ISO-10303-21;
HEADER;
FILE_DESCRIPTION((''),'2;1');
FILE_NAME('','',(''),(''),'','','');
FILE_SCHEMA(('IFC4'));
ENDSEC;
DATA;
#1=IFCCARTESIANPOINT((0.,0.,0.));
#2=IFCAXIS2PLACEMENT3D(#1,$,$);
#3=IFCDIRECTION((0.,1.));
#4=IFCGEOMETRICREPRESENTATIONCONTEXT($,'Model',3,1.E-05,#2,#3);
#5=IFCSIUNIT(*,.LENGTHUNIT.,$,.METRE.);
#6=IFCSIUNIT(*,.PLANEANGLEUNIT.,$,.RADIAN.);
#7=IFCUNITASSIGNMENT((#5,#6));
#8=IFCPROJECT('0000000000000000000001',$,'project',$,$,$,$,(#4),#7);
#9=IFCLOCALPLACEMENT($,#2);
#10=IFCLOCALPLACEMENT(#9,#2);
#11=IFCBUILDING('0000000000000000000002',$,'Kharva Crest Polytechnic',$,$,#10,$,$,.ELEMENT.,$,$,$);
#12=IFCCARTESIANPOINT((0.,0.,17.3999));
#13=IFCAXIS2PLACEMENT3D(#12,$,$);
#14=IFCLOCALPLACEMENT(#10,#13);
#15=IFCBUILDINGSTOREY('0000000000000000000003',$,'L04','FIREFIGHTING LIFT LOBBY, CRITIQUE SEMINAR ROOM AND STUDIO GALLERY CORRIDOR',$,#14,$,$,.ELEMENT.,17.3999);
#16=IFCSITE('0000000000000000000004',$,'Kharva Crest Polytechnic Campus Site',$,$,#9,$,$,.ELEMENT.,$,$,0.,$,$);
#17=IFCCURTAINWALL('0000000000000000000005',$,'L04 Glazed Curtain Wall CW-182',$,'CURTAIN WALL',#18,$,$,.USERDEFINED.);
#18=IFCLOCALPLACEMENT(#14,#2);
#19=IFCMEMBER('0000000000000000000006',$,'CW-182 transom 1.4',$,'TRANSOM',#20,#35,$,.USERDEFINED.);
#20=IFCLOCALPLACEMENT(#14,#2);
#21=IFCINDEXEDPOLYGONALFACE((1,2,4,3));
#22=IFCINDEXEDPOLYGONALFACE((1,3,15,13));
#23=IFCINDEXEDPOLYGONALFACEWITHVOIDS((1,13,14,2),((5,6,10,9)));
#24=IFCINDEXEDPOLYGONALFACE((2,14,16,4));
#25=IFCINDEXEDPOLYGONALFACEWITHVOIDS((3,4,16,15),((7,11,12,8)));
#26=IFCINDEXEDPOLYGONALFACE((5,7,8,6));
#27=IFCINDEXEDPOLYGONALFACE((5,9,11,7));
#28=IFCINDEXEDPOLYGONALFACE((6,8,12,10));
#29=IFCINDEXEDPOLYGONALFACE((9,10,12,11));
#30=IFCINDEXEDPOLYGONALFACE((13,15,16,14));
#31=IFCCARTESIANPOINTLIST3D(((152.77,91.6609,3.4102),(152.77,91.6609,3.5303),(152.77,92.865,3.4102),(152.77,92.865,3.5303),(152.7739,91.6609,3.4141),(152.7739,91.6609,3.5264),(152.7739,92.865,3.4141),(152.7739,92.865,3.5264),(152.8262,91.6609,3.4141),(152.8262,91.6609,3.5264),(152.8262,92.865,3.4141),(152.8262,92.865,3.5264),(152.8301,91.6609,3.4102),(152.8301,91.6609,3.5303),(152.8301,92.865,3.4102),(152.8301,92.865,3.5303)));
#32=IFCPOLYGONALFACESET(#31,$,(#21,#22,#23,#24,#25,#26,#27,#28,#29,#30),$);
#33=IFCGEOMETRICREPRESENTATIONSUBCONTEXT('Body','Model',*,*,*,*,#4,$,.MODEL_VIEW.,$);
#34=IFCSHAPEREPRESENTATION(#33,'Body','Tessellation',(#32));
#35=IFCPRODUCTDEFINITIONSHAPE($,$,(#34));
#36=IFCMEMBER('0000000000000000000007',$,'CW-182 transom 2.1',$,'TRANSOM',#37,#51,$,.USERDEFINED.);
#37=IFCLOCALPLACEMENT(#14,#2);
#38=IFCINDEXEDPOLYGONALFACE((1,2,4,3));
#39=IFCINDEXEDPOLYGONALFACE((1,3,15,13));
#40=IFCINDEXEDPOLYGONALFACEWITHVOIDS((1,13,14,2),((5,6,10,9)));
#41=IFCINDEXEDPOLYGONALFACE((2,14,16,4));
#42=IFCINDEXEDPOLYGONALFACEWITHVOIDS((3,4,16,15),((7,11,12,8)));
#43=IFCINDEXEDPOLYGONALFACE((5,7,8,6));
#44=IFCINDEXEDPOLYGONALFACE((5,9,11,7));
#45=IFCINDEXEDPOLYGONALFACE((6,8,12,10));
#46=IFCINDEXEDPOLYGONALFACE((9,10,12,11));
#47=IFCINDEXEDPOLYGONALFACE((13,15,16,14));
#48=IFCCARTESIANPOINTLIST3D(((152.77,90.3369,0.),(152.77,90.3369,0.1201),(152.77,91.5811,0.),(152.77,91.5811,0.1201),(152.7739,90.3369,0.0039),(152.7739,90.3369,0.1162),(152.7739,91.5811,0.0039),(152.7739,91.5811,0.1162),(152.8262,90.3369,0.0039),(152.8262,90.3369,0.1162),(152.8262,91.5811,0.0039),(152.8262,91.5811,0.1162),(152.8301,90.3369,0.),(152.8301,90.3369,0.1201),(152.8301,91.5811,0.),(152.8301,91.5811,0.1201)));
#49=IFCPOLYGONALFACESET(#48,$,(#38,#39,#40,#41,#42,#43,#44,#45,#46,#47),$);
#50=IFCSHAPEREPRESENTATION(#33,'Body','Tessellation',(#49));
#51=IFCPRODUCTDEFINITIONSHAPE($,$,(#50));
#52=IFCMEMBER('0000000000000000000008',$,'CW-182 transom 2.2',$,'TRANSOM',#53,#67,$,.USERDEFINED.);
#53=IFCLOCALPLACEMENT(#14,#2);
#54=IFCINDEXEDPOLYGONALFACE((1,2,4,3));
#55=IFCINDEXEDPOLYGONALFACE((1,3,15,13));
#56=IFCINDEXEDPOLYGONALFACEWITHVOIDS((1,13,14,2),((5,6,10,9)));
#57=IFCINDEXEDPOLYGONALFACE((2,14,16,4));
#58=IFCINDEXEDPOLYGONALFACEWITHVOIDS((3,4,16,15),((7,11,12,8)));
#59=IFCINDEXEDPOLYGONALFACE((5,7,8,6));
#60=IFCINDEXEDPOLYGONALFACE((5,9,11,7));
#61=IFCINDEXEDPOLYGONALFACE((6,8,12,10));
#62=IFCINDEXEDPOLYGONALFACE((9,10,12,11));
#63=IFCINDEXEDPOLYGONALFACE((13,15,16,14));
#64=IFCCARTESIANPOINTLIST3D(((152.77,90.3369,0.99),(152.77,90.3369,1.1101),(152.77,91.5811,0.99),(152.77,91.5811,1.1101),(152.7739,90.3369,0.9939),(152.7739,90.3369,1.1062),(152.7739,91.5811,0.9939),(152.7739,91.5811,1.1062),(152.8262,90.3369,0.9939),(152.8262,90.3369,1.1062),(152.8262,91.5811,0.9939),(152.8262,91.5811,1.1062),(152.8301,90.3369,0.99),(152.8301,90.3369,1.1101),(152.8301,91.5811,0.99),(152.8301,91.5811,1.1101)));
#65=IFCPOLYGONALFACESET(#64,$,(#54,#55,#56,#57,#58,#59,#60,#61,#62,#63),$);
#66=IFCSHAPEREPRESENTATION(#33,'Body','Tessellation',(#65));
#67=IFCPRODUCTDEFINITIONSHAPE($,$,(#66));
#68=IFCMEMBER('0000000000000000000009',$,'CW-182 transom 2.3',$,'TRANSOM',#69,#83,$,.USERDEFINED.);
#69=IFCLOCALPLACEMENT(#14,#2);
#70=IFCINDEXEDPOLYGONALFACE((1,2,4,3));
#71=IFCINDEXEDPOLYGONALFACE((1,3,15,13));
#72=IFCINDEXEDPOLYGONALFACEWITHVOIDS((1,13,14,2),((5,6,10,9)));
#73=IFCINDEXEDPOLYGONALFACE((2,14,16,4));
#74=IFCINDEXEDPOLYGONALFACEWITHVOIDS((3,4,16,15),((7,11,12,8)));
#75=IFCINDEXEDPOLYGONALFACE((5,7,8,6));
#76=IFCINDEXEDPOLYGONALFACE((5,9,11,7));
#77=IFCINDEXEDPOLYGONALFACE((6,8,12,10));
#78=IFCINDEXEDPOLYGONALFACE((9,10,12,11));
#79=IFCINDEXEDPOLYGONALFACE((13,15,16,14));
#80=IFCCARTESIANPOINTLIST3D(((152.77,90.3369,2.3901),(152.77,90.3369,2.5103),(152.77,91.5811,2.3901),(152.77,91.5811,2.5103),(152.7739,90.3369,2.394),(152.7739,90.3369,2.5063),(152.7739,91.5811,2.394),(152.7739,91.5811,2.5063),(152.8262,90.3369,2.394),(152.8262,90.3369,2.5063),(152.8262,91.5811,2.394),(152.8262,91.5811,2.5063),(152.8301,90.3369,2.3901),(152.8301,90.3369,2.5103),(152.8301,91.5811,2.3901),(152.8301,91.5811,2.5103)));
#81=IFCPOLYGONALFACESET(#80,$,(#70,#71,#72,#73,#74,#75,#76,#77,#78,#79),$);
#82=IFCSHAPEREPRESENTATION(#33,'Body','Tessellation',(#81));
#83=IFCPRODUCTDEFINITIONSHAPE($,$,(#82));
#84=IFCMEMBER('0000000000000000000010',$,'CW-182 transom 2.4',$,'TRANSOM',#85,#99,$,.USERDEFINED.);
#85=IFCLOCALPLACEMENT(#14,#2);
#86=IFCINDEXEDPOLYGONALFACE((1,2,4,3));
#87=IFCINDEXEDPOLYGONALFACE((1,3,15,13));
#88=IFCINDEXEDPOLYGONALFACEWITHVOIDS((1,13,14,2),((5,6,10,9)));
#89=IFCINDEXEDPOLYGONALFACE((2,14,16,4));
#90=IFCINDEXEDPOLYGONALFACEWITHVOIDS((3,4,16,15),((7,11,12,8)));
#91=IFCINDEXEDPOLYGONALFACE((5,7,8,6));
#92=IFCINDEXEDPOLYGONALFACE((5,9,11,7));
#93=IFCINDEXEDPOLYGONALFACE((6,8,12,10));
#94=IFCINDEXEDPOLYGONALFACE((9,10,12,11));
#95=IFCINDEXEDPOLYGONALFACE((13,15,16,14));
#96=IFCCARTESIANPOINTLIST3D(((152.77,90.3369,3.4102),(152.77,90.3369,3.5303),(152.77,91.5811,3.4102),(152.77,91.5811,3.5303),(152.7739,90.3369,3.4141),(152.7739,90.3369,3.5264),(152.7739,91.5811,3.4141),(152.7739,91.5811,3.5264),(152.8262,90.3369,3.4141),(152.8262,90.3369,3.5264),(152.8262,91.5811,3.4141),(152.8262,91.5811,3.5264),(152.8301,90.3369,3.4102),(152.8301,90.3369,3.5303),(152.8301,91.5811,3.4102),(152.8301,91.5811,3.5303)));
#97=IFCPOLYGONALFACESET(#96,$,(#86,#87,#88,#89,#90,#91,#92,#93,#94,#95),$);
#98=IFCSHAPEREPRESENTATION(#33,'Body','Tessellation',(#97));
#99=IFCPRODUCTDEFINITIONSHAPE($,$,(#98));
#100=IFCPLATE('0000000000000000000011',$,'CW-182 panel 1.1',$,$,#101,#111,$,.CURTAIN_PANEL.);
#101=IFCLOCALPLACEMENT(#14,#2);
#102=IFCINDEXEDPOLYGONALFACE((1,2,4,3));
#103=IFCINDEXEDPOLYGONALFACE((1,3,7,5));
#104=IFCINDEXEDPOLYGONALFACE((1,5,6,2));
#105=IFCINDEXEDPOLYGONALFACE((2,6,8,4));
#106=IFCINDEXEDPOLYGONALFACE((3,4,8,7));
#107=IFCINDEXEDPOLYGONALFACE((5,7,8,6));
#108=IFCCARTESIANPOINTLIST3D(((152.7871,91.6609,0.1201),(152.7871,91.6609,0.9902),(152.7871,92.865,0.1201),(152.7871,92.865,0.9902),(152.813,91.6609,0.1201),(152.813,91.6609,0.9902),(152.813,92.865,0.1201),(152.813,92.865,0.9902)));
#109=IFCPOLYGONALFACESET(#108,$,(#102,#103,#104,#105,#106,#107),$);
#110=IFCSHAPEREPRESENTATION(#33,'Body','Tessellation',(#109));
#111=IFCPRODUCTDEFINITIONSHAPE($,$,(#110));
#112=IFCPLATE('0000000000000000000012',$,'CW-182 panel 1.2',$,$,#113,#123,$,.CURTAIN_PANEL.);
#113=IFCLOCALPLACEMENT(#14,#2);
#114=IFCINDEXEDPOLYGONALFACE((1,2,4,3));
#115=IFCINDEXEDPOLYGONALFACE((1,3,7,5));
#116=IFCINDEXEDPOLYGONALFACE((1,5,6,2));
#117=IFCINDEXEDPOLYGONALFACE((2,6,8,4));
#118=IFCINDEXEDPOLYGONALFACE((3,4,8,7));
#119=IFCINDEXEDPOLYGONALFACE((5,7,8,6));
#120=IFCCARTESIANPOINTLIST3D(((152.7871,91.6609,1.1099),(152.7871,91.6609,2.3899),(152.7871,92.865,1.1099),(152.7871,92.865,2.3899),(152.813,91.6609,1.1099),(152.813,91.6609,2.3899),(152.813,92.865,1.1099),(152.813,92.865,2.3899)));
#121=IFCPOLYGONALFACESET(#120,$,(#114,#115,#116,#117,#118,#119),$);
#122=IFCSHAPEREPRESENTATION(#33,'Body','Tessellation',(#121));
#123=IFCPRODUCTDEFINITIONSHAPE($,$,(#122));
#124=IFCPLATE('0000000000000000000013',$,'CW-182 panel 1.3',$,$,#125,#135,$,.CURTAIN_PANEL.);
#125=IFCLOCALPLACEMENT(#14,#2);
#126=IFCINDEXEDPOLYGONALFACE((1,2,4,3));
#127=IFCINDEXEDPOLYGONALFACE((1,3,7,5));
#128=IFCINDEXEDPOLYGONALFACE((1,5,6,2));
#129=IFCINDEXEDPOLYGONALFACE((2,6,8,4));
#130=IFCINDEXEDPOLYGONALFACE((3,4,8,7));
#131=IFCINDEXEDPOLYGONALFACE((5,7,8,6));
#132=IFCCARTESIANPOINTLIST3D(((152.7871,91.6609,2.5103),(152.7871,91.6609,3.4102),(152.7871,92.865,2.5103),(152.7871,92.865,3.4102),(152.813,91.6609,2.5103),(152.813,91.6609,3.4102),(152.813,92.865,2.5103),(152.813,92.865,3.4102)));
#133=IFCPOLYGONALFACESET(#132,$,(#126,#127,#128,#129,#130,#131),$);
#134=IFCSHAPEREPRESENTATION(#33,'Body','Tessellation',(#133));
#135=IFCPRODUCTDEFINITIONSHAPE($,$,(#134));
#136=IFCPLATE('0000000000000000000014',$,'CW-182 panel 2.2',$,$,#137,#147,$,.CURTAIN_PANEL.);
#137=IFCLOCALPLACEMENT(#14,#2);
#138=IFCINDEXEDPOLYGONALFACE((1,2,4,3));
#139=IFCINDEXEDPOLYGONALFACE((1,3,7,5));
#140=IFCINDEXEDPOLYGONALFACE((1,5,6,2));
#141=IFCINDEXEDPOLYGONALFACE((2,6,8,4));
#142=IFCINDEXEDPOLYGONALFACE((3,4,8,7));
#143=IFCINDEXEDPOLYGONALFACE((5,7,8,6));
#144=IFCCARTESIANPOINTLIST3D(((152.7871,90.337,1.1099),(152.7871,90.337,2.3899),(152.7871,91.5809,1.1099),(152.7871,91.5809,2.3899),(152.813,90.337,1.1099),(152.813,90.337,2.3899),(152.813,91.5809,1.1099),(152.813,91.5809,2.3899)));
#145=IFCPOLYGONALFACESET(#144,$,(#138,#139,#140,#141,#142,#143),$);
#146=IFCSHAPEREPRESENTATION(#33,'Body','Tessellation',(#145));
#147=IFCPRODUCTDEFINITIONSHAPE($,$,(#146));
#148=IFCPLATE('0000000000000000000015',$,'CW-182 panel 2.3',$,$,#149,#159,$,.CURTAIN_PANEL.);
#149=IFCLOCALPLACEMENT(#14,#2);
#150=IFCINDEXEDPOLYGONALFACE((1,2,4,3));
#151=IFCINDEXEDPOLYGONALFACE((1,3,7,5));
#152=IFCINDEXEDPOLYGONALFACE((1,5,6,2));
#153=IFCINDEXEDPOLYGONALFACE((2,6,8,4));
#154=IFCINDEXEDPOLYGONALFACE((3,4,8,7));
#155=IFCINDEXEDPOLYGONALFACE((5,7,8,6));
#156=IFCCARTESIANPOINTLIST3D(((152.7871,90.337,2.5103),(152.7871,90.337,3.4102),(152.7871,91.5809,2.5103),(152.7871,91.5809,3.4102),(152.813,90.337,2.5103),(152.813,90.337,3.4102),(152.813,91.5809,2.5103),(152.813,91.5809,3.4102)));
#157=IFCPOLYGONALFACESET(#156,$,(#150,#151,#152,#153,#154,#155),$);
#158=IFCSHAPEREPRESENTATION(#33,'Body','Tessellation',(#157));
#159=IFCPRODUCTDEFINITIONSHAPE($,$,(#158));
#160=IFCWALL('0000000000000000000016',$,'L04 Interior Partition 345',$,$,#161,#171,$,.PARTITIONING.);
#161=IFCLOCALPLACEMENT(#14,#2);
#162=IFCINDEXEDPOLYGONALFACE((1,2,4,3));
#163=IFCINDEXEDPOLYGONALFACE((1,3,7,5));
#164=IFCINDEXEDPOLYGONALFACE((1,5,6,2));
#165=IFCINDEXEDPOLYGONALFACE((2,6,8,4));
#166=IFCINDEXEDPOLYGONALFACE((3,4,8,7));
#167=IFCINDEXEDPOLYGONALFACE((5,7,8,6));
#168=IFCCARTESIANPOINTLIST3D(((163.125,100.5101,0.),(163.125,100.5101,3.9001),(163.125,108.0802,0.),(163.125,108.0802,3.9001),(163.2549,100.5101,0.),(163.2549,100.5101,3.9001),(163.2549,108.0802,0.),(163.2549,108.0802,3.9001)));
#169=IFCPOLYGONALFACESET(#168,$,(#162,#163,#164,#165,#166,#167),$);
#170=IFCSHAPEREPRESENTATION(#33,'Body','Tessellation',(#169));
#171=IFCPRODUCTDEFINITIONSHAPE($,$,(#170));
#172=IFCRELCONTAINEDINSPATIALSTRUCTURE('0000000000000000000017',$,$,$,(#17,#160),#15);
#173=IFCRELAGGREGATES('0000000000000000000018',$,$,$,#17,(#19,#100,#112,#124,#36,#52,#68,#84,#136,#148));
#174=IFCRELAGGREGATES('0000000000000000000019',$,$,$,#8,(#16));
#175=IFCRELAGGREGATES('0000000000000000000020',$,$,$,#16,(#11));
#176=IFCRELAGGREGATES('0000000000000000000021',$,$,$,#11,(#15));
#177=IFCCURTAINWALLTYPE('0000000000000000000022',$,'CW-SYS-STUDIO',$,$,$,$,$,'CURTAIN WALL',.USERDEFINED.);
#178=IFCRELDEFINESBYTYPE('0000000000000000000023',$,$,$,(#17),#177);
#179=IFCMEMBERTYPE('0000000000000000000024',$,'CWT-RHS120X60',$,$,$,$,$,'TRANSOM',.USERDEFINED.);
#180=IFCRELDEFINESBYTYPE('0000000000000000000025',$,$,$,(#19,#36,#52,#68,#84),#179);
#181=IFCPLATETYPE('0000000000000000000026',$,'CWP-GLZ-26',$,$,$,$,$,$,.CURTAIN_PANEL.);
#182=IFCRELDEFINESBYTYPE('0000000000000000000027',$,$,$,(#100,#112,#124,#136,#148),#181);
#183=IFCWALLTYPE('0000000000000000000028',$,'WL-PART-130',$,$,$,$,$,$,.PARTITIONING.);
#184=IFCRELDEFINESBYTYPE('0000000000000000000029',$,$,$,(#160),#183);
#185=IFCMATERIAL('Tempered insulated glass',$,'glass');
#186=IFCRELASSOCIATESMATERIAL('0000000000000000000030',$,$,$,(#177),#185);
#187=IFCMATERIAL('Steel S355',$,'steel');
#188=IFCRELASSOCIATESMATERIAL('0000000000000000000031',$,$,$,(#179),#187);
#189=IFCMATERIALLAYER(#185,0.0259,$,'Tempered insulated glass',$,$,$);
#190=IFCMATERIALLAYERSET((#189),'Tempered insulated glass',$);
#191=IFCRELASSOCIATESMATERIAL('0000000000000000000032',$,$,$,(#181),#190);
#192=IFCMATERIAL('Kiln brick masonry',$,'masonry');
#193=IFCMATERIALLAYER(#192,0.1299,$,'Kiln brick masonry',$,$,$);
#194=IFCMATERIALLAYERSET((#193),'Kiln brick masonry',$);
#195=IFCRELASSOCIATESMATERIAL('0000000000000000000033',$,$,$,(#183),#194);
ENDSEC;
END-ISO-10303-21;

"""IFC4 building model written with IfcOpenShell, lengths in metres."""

from ifc_helpers import new_model, si_unit, direction, frame, frame_2d, origin, origin_2d, place, context, subcontext, project, spatial, rectangle, hollow_rectangle, extrude, material, layer, layer_set, material_profile, profile_set, type_object, element, aggregate, save


model = new_model("IFC4")

# Units and contexts
model_context = context("Model", 3, precision=1e-05, world=origin(), true_north=direction((0.0, 1.0)))
body_context = subcontext(model_context, "Body", "Model", "MODEL_VIEW")
ifc_project = project(units=[si_unit("LENGTHUNIT", "METRE"), si_unit("PLANEANGLEUNIT", "RADIAN")], contexts=[model_context])

# Site, building, storey
site_placement = place(None, origin())
site = spatial("IfcSite", under=ifc_project, at=site_placement, Name="Kharva Crest Polytechnic Campus Site", CompositionType="ELEMENT", RefElevation=0.0)
building_placement = place(site_placement, origin())
building = spatial("IfcBuilding", under=site, at=building_placement, Name="Kharva Crest Polytechnic", CompositionType="ELEMENT")
storey_placement = place(building_placement, frame((0.0, 0.0, 17.3999)))
storey = spatial("IfcBuildingStorey", under=building, at=storey_placement, Name="L04", Description="FIREFIGHTING LIFT LOBBY, CRITIQUE SEMINAR ROOM AND STUDIO GALLERY CORRIDOR", CompositionType="ELEMENT", Elevation=17.3999)

# Curtain wall, members, plates
ifc_material_1 = material(Name="Tempered insulated glass", Category="glass")
curtain_wall_type = type_object("IfcCurtainWallType", Name="CW-SYS-STUDIO", ElementType="CURTAIN WALL", PredefinedType="USERDEFINED", material=ifc_material_1)
curtain_wall_placement = place(storey_placement, origin())
curtain_wall = element("IfcCurtainWall", 1, at=curtain_wall_placement, inside=storey, type_object=curtain_wall_type, Name="L04 Glazed Curtain Wall CW-182", ObjectType="CURTAIN WALL", PredefinedType="USERDEFINED")
ifc_material_2 = material(Name="Steel S355", Category="steel")
ifc_material_profile_1 = material_profile(ifc_material_2, hollow_rectangle(XDim=0.0601, YDim=0.1201, WallThickness=0.0039, at=origin_2d()), Name="RHS 120X60X4.0")
ifc_profile_set_1 = profile_set([ifc_material_profile_1], Name="Steel S355")
member_type = type_object("IfcMemberType", Name="CWT-RHS120X60", ElementType="TRANSOM", PredefinedType="USERDEFINED", material=ifc_profile_set_1)
member_1_placement = place(storey_placement, frame((152.8, 92.865, 3.4702), z_axis=(0.0, -1.0, 0.0), x_axis=(1.0, 0.0, 0.0)))
member_1 = element("IfcMember", 2, at=member_1_placement, type_object=member_type, Name="CW-182 transom 1.4", ObjectType="TRANSOM", PredefinedType="USERDEFINED", context=body_context, shape_type="SweptSolid", body=[
    extrude(hollow_rectangle(XDim=0.0601, YDim=0.1201, WallThickness=0.0039, at=origin_2d()), origin(), (0.0, 0.0, 1.0), 1.2041),
])
member_2_placement = place(storey_placement, frame((152.8, 91.5811, 0.0601), z_axis=(0.0, -1.0, 0.0), x_axis=(1.0, 0.0, 0.0)))
member_2 = element("IfcMember", 3, at=member_2_placement, type_object=member_type, Name="CW-182 transom 2.1", ObjectType="TRANSOM", PredefinedType="USERDEFINED", context=body_context, shape_type="SweptSolid", body=[
    extrude(hollow_rectangle(XDim=0.0601, YDim=0.1201, WallThickness=0.0039, at=origin_2d()), origin(), (0.0, 0.0, 1.0), 1.2441),
])
member_3_placement = place(storey_placement, frame((152.8, 91.5811, 1.05), z_axis=(0.0, -1.0, 0.0), x_axis=(1.0, 0.0, 0.0)))
member_3 = element("IfcMember", 4, at=member_3_placement, type_object=member_type, Name="CW-182 transom 2.2", ObjectType="TRANSOM", PredefinedType="USERDEFINED", context=body_context, shape_type="SweptSolid", body=[
    extrude(hollow_rectangle(XDim=0.0601, YDim=0.1201, WallThickness=0.0039, at=origin_2d()), origin(), (0.0, 0.0, 1.0), 1.2441),
])
member_4_placement = place(storey_placement, frame((152.8, 91.5811, 2.4502), z_axis=(0.0, -1.0, 0.0), x_axis=(1.0, 0.0, 0.0)))
member_4 = element("IfcMember", 5, at=member_4_placement, type_object=member_type, Name="CW-182 transom 2.3", ObjectType="TRANSOM", PredefinedType="USERDEFINED", context=body_context, shape_type="SweptSolid", body=[
    extrude(hollow_rectangle(XDim=0.0601, YDim=0.1201, WallThickness=0.0039, at=origin_2d()), origin(), (0.0, 0.0, 1.0), 1.2441),
])
member_5_placement = place(storey_placement, frame((152.8, 91.5811, 3.4702), z_axis=(0.0, -1.0, 0.0), x_axis=(1.0, 0.0, 0.0)))
member_5 = element("IfcMember", 6, at=member_5_placement, type_object=member_type, Name="CW-182 transom 2.4", ObjectType="TRANSOM", PredefinedType="USERDEFINED", context=body_context, shape_type="SweptSolid", body=[
    extrude(hollow_rectangle(XDim=0.0601, YDim=0.1201, WallThickness=0.0039, at=origin_2d()), origin(), (0.0, 0.0, 1.0), 1.2441),
])
ifc_layer_1 = layer(ifc_material_1, 0.0259, Name="Tempered insulated glass")
ifc_layer_set_1 = layer_set([ifc_layer_1], Name="Tempered insulated glass")
plate_type = type_object("IfcPlateType", Name="CWP-GLZ-26", PredefinedType="CURTAIN_PANEL", material=ifc_layer_set_1)
plate_1_placement = place(storey_placement, frame((152.8, 92.2629, 0.1201), z_axis=(0.0, 0.0, 1.0), x_axis=(0.0, -1.0, 0.0)))
plate_1 = element("IfcPlate", 7, at=plate_1_placement, type_object=plate_type, Name="CW-182 panel 1.1", PredefinedType="CURTAIN_PANEL", context=body_context, shape_type="SweptSolid", body=[
    extrude(rectangle(XDim=1.2041, YDim=0.0259, at=origin_2d()), origin(), (0.0, 0.0, 1.0), 0.8701),
])
plate_2_placement = place(storey_placement, frame((152.8, 92.2629, 1.1099), z_axis=(0.0, 0.0, 1.0), x_axis=(0.0, -1.0, 0.0)))
plate_2 = element("IfcPlate", 8, at=plate_2_placement, type_object=plate_type, Name="CW-182 panel 1.2", PredefinedType="CURTAIN_PANEL", context=body_context, shape_type="SweptSolid", body=[
    extrude(rectangle(XDim=1.2041, YDim=0.0259, at=origin_2d()), origin(), (0.0, 0.0, 1.0), 1.28),
])
plate_3_placement = place(storey_placement, frame((152.8, 92.2629, 2.5103), z_axis=(0.0, 0.0, 1.0), x_axis=(0.0, -1.0, 0.0)))
plate_3 = element("IfcPlate", 9, at=plate_3_placement, type_object=plate_type, Name="CW-182 panel 1.3", PredefinedType="CURTAIN_PANEL", context=body_context, shape_type="SweptSolid", body=[
    extrude(rectangle(XDim=1.2041, YDim=0.0259, at=origin_2d()), origin(), (0.0, 0.0, 1.0), 0.8999),
])
plate_4_placement = place(storey_placement, frame((152.8, 90.959, 1.1099), z_axis=(0.0, 0.0, 1.0), x_axis=(0.0, -1.0, 0.0)))
plate_4 = element("IfcPlate", 10, at=plate_4_placement, type_object=plate_type, Name="CW-182 panel 2.2", PredefinedType="CURTAIN_PANEL", context=body_context, shape_type="SweptSolid", body=[
    extrude(rectangle(XDim=1.2439, YDim=0.0259, at=origin_2d()), origin(), (0.0, 0.0, 1.0), 1.28),
])
plate_5_placement = place(storey_placement, frame((152.8, 90.959, 2.5103), z_axis=(0.0, 0.0, 1.0), x_axis=(0.0, -1.0, 0.0)))
plate_5 = element("IfcPlate", 11, at=plate_5_placement, type_object=plate_type, Name="CW-182 panel 2.3", PredefinedType="CURTAIN_PANEL", context=body_context, shape_type="SweptSolid", body=[
    extrude(rectangle(XDim=1.2439, YDim=0.0259, at=origin_2d()), origin(), (0.0, 0.0, 1.0), 0.8999),
])
aggregate(curtain_wall, [member_1, plate_1, plate_2, plate_3, member_2, member_3, member_4, member_5, plate_4, plate_5])

# Wall
ifc_material_3 = material(Name="Kiln brick masonry", Category="masonry")
ifc_layer_2 = layer(ifc_material_3, 0.1299, Name="Kiln brick masonry")
ifc_layer_set_2 = layer_set([ifc_layer_2], Name="Kiln brick masonry")
wall_type_1 = type_object("IfcWallType", Name="WL-PART-130", PredefinedType="PARTITIONING", material=ifc_layer_set_2)
wall_1_placement = place(storey_placement, frame((163.1899, 100.51, 0.0), z_axis=(0.0, 0.0, 1.0), x_axis=(0.0, 1.0, 0.0)))
element("IfcWall", 12, at=wall_1_placement, inside=storey, type_object=wall_type_1, Name="L04 Interior Partition 345", PredefinedType="PARTITIONING", context=body_context, shape_type="SweptSolid", body=[
    extrude(rectangle(XDim=7.5701, YDim=0.1299, at=frame_2d((3.7852, 0.0))), origin(), (0.0, 0.0, 1.0), 3.9001),
])

save(model, "model.ifc")
